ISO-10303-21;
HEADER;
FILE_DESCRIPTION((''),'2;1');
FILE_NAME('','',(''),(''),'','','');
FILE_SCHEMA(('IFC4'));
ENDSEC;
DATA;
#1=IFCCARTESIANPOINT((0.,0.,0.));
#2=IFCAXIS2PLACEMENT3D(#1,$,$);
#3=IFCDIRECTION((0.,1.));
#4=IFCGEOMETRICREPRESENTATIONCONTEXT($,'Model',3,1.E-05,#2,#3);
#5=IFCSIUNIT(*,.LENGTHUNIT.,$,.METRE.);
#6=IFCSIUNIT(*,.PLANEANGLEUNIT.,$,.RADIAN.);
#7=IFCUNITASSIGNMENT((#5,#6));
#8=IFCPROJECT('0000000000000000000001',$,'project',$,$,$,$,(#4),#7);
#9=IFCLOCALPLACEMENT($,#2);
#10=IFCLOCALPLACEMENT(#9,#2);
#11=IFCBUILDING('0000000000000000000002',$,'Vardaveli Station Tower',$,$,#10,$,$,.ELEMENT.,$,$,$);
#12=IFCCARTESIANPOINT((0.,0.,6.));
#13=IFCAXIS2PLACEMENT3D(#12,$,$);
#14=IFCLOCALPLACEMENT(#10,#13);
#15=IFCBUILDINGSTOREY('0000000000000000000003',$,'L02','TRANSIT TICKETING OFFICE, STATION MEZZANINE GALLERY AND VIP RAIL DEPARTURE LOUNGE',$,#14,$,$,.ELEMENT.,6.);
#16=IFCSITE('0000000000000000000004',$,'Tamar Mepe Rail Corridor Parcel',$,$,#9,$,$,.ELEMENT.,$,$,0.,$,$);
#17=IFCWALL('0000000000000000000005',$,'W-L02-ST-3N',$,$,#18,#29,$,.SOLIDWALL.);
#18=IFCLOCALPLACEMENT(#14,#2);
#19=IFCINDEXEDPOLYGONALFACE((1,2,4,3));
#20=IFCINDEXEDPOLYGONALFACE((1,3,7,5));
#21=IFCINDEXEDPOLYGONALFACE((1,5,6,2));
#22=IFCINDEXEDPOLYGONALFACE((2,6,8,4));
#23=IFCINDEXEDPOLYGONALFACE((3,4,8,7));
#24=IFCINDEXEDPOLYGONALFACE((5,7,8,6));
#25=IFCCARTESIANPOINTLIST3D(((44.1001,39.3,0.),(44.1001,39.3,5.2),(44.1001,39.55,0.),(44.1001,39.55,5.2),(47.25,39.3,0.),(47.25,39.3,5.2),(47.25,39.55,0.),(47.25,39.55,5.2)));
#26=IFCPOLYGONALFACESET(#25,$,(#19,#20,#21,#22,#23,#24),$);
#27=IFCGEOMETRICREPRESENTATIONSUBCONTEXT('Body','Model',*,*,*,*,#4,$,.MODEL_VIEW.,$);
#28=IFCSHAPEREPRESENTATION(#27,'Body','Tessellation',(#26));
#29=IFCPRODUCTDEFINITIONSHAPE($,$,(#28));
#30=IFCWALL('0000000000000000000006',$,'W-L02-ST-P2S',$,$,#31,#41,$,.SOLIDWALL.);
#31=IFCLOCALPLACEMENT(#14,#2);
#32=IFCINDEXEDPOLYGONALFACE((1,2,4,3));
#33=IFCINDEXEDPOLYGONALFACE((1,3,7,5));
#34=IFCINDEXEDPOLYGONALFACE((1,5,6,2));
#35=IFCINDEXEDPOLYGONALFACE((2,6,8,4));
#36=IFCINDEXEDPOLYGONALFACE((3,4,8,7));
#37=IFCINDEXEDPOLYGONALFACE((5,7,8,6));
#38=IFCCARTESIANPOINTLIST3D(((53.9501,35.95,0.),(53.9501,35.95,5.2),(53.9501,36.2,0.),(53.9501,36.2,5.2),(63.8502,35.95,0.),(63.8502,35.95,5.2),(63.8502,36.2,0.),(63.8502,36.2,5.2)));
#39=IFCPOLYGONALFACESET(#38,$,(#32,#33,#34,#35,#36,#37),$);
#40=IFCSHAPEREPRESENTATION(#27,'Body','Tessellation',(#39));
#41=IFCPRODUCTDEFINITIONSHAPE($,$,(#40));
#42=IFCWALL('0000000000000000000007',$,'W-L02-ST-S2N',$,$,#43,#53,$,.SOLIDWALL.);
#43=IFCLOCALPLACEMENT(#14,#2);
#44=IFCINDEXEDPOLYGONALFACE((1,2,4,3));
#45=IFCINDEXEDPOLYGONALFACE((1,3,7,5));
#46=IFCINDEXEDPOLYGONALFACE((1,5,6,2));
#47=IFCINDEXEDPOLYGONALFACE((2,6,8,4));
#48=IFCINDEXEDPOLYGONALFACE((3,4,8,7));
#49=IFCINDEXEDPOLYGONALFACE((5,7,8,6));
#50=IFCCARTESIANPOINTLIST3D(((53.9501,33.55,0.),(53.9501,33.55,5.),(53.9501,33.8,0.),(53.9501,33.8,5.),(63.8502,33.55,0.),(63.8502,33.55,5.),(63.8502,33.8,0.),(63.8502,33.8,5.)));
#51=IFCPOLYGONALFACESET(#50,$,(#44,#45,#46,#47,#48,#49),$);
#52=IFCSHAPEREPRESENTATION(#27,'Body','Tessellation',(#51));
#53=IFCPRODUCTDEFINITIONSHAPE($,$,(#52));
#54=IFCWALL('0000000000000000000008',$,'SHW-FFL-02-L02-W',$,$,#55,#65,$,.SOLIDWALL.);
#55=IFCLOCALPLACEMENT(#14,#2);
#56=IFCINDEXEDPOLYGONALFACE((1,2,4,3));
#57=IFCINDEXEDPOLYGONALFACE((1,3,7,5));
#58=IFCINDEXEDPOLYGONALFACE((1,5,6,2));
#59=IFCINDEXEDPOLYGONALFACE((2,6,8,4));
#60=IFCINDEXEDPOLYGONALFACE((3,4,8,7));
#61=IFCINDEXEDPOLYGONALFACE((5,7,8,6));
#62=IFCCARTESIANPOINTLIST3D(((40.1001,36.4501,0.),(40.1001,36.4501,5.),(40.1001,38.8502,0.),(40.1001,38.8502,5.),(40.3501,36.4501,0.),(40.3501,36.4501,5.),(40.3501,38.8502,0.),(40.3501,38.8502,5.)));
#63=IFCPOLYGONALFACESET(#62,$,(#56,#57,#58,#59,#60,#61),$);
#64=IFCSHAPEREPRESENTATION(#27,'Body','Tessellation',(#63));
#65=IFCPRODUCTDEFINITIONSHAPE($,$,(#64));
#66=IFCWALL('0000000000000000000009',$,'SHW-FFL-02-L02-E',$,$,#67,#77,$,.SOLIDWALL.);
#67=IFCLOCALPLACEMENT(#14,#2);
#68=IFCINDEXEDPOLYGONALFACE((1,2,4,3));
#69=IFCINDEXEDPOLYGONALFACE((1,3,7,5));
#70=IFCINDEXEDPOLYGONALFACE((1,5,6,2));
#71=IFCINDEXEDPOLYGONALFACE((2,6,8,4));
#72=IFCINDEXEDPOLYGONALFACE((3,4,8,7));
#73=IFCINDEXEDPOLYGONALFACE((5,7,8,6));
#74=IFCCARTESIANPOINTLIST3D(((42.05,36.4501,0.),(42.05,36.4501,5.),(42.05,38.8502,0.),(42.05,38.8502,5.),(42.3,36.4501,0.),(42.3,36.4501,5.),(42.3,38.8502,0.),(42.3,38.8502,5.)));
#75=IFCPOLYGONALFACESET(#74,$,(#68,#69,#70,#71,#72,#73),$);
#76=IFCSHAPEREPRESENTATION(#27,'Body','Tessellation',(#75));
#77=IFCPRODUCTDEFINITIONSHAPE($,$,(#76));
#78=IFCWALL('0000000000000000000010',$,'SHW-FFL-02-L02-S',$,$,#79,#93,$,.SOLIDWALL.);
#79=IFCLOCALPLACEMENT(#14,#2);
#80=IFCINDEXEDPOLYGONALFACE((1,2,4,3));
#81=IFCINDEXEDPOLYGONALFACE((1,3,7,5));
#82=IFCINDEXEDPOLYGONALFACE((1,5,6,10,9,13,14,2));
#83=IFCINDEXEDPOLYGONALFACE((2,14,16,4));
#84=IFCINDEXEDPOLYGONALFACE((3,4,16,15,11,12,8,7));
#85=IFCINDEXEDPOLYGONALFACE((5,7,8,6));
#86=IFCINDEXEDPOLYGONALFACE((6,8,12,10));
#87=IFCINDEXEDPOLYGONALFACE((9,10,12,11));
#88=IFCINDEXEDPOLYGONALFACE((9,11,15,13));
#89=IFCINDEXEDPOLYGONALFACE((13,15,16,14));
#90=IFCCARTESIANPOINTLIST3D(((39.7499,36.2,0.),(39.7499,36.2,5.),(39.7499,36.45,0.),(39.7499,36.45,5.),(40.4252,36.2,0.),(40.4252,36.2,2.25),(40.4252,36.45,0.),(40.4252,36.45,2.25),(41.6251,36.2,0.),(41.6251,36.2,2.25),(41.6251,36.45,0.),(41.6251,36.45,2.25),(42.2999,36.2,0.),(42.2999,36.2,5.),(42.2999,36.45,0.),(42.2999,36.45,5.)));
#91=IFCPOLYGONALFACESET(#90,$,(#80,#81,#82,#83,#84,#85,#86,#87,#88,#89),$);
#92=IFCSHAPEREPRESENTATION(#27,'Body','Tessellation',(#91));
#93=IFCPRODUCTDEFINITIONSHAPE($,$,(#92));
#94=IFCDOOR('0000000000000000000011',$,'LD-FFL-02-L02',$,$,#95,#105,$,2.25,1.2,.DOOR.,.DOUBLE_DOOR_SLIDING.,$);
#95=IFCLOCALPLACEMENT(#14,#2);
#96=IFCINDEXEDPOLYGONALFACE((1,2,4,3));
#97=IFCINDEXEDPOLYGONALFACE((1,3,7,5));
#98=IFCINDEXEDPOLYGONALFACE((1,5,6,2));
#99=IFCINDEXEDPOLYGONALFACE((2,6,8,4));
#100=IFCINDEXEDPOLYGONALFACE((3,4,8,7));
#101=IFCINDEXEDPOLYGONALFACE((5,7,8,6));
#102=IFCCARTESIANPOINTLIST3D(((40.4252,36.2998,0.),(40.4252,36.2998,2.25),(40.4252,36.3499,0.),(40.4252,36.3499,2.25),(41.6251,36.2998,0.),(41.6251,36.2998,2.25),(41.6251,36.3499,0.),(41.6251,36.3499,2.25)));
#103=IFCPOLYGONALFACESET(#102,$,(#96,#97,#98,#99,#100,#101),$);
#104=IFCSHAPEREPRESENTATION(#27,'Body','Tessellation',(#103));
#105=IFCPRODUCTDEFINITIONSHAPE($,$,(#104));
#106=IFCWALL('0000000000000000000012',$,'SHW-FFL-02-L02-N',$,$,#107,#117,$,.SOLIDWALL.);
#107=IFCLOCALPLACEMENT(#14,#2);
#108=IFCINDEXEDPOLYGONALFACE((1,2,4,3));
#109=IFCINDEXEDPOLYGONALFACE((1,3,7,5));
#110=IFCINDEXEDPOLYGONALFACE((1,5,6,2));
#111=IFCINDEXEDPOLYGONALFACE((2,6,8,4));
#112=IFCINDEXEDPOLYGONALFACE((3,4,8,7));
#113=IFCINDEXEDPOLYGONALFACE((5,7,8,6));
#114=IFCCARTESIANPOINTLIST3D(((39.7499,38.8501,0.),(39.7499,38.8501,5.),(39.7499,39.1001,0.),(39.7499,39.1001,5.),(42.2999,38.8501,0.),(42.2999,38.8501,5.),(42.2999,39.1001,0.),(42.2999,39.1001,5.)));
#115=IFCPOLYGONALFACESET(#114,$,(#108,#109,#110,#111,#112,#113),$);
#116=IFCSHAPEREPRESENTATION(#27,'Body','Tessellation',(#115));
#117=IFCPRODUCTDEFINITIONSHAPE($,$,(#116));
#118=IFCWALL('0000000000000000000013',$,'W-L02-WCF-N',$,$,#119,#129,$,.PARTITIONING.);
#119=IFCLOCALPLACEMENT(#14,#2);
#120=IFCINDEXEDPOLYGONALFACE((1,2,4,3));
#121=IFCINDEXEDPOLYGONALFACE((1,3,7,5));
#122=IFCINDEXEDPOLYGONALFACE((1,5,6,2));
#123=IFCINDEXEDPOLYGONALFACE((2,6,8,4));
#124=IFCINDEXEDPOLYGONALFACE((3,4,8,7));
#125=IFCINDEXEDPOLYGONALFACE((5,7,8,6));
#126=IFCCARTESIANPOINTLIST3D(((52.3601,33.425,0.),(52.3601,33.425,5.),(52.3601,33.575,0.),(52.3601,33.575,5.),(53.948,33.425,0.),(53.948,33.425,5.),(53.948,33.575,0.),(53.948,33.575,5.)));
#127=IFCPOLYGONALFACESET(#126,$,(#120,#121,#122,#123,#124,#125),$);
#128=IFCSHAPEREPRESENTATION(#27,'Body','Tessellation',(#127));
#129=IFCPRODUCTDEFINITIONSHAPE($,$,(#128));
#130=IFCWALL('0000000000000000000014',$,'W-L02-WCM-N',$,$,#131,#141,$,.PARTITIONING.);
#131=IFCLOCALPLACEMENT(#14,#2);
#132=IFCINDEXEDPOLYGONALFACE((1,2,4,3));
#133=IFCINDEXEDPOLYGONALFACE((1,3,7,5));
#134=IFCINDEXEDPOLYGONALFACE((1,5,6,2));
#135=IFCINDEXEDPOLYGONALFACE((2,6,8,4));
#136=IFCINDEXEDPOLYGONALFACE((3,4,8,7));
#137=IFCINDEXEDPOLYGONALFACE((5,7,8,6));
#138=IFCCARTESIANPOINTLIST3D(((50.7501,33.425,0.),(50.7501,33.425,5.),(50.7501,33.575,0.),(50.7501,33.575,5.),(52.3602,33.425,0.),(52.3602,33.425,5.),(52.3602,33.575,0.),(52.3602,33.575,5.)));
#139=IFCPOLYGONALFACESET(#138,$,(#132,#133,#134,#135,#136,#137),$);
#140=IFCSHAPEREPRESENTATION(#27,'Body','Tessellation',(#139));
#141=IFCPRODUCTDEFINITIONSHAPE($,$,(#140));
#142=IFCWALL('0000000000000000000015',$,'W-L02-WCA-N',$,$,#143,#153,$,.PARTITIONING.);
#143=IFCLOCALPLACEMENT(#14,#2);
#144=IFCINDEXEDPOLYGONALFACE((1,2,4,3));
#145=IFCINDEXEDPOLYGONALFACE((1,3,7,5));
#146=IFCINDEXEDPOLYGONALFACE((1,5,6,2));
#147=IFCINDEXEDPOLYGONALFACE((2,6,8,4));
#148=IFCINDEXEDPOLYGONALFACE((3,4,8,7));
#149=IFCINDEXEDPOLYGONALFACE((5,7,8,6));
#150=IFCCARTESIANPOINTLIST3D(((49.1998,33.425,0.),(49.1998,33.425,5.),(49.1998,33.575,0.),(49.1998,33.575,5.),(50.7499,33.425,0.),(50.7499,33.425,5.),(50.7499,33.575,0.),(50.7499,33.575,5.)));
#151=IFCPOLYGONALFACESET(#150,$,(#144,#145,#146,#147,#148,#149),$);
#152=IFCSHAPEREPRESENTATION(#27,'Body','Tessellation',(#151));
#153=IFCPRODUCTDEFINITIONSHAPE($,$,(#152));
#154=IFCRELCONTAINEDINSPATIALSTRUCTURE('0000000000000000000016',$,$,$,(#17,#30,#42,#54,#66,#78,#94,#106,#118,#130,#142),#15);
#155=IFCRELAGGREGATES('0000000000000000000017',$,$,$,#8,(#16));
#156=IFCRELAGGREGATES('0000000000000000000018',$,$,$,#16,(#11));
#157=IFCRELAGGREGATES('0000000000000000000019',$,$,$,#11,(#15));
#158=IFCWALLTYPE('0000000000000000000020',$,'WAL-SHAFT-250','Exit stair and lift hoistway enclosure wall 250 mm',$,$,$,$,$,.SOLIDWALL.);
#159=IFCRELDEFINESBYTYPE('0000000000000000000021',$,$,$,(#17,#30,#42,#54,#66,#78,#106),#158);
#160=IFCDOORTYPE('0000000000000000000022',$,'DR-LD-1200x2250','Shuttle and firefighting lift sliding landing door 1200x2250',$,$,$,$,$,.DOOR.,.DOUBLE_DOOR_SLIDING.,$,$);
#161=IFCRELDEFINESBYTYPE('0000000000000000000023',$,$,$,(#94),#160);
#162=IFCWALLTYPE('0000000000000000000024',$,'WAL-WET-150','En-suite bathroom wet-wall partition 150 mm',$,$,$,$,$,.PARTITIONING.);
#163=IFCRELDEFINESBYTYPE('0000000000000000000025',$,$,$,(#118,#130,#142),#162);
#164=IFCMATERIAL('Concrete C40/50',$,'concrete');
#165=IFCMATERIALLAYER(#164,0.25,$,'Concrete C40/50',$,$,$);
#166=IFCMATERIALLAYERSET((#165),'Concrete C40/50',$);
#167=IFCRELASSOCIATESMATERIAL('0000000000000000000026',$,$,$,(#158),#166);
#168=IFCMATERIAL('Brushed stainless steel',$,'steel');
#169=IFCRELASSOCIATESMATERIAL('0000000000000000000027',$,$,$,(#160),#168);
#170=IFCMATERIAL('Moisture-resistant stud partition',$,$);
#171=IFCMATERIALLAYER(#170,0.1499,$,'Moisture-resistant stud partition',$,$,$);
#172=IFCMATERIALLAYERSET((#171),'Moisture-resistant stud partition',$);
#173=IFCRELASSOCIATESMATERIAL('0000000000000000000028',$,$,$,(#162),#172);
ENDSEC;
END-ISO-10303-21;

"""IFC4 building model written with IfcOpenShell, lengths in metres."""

from ifc_helpers import new_model, si_unit, direction, frame, frame_2d, origin, place, context, subcontext, project, spatial, rectangle, extrude, source, transform, mapped, material, layer, layer_set, type_object, element, fill, save


model = new_model("IFC4")

# Units and contexts
model_context = context("Model", 3, precision=1e-05, world=origin(), true_north=direction((0.0, 1.0)))
body_context = subcontext(model_context, "Body", "Model", "MODEL_VIEW")
ifc_project = project(units=[si_unit("LENGTHUNIT", "METRE"), si_unit("PLANEANGLEUNIT", "RADIAN")], contexts=[model_context])

# Site, building, storey
site_placement = place(None, origin())
site = spatial("IfcSite", under=ifc_project, at=site_placement, Name="Tamar Mepe Rail Corridor Parcel", CompositionType="ELEMENT", RefElevation=0.0)
building_placement = place(site_placement, origin())
building = spatial("IfcBuilding", under=site, at=building_placement, Name="Vardaveli Station Tower", CompositionType="ELEMENT")
storey_placement = place(building_placement, frame((0.0, 0.0, 6.0)))
storey = spatial("IfcBuildingStorey", under=building, at=storey_placement, Name="L02", Description="TRANSIT TICKETING OFFICE, STATION MEZZANINE GALLERY AND VIP RAIL DEPARTURE LOUNGE", CompositionType="ELEMENT", Elevation=6.0)

# Walls
ifc_material_1 = material(Name="Concrete C40/50", Category="concrete")
ifc_layer_1 = layer(ifc_material_1, 0.25, Name="Concrete C40/50")
ifc_layer_set_1 = layer_set([ifc_layer_1], Name="Concrete C40/50")
wall_type_1 = type_object("IfcWallType", Name="WAL-SHAFT-250", Description="Exit stair and lift hoistway enclosure wall 250 mm", PredefinedType="SOLIDWALL", material=ifc_layer_set_1)
shared_shape_1 = source(origin(), body_context, "Body", "SweptSolid", [
    extrude(rectangle(XDim=3.1499, YDim=0.25, at=frame_2d((1.575, 0.0))), origin(), (0.0, 0.0, 1.0), 5.2),
])
wall_1_placement = place(storey_placement, frame((44.1001, 39.425, 0.0), z_axis=(0.0, 0.0, 1.0), x_axis=(1.0, 0.0, 0.0)))
element("IfcWall", 1, at=wall_1_placement, inside=storey, type_object=wall_type_1, Name="W-L02-ST-3N", PredefinedType="SOLIDWALL", context=body_context, shape_type="MappedRepresentation", body=[
    mapped(shared_shape_1, transform((0.0, 0.0, 0.0), scale=1.0)),
])
shared_shape_2 = source(origin(), body_context, "Body", "SweptSolid", [
    extrude(rectangle(XDim=9.9001, YDim=0.25, at=frame_2d((4.9502, 0.0))), origin(), (0.0, 0.0, 1.0), 5.2),
])
wall_2_placement = place(storey_placement, frame((53.95, 36.075, 0.0), z_axis=(0.0, 0.0, 1.0), x_axis=(1.0, 0.0, 0.0)))
element("IfcWall", 2, at=wall_2_placement, inside=storey, type_object=wall_type_1, Name="W-L02-ST-P2S", PredefinedType="SOLIDWALL", context=body_context, shape_type="MappedRepresentation", body=[
    mapped(shared_shape_2, transform((0.0, 0.0, 0.0), scale=1.0)),
])
shared_shape_3 = source(origin(), body_context, "Body", "SweptSolid", [
    extrude(rectangle(XDim=9.9001, YDim=0.25, at=frame_2d((4.9502, 0.0))), origin(), (0.0, 0.0, 1.0), 5.0),
])
wall_3_placement = place(storey_placement, frame((53.95, 33.675, 0.0), z_axis=(0.0, 0.0, 1.0), x_axis=(1.0, 0.0, 0.0)))
element("IfcWall", 3, at=wall_3_placement, inside=storey, type_object=wall_type_1, Name="W-L02-ST-S2N", PredefinedType="SOLIDWALL", context=body_context, shape_type="MappedRepresentation", body=[
    mapped(shared_shape_3, transform((0.0, 0.0, 0.0), scale=1.0)),
])
shared_shape_4 = source(origin(), body_context, "Body", "SweptSolid", [
    extrude(rectangle(XDim=2.4001, YDim=0.25, at=frame_2d((1.2002, 0.0))), origin(), (0.0, 0.0, 1.0), 5.0),
])
for number, where, z_axis, x_axis, name in (
    (4, (40.2251, 36.45, 0.0), (0.0, 0.0, 1.0), (0.0, 1.0, 0.0), "SHW-FFL-02-L02-W"),
    (5, (42.175, 36.45, 0.0), (0.0, 0.0, 1.0), (0.0, 1.0, 0.0), "SHW-FFL-02-L02-E"),
):
    element("IfcWall", number, at=place(storey_placement, frame(where, z_axis=z_axis, x_axis=x_axis)), inside=storey, type_object=wall_type_1, Name=name, PredefinedType="SOLIDWALL", context=body_context, shape_type="MappedRepresentation", body=[
        mapped(shared_shape_4, transform((0.0, 0.0, 0.0), scale=1.0)),
    ])

# Wall, opening, door
shared_shape_5 = source(origin(), body_context, "Body", "SweptSolid", [
    extrude(rectangle(XDim=2.55, YDim=0.25, at=frame_2d((1.2749, 0.0))), origin(), (0.0, 0.0, 1.0), 5.0),
])
wall_4_placement = place(storey_placement, frame((39.75, 36.325, 0.0), z_axis=(0.0, 0.0, 1.0), x_axis=(1.0, 0.0, 0.0)))
wall_4 = element("IfcWall", 6, at=wall_4_placement, inside=storey, type_object=wall_type_1, Name="SHW-FFL-02-L02-S", PredefinedType="SOLIDWALL", context=body_context, shape_type="MappedRepresentation", body=[
    mapped(shared_shape_5, transform((0.0, 0.0, 0.0), scale=1.0)),
])
shared_shape_6 = source(origin(), body_context, "Body", "SweptSolid", [
    extrude(rectangle(XDim=1.2, YDim=2.25, at=frame_2d((0.6001, 1.125))), frame((0.0, 0.135, 0.0), z_axis=(0.0, -1.0, 0.0), x_axis=(1.0, 0.0, 0.0)), (0.0, 0.0, 1.0), 0.27),
])
opening_placement = place(wall_4_placement, frame((0.675, 0.0, 0.0)))
opening = element("IfcOpeningElement", 7, at=opening_placement, cuts=wall_4, PredefinedType="OPENING", context=body_context, shape_type="MappedRepresentation", body=[
    mapped(shared_shape_6, transform((0.0, 0.0, 0.0), scale=1.0)),
])
ifc_material_2 = material(Name="Brushed stainless steel", Category="steel")
door_type = type_object("IfcDoorType", Name="DR-LD-1200x2250", Description="Shuttle and firefighting lift sliding landing door 1200x2250", OperationType="DOUBLE_DOOR_SLIDING", PredefinedType="DOOR", material=ifc_material_2)
shared_shape_7 = source(origin(), body_context, "Body", "SweptSolid", [
    extrude(rectangle(XDim=1.2, YDim=2.25, at=frame_2d((0.6001, 1.125))), frame((0.0, 0.0249, 0.0), z_axis=(0.0, -1.0, 0.0), x_axis=(1.0, 0.0, 0.0)), (0.0, 0.0, 1.0), 0.05),
])
door_placement = place(opening_placement, origin())
door = element("IfcDoor", 8, at=door_placement, inside=storey, type_object=door_type, Name="LD-FFL-02-L02", OperationType="DOUBLE_DOOR_SLIDING", OverallHeight=2.25, OverallWidth=1.2, PredefinedType="DOOR", context=body_context, shape_type="MappedRepresentation", body=[
    mapped(shared_shape_7, transform((0.0, 0.0, 0.0), scale=1.0)),
])
fill(opening, door)

# Walls
wall_5_placement = place(storey_placement, frame((39.75, 38.9751, 0.0), z_axis=(0.0, 0.0, 1.0), x_axis=(1.0, 0.0, 0.0)))
element("IfcWall", 9, at=wall_5_placement, inside=storey, type_object=wall_type_1, Name="SHW-FFL-02-L02-N", PredefinedType="SOLIDWALL", context=body_context, shape_type="MappedRepresentation", body=[
    mapped(shared_shape_5, transform((0.0, 0.0, 0.0), scale=1.0)),
])
ifc_material_3 = material(Name="Moisture-resistant stud partition")
ifc_layer_2 = layer(ifc_material_3, 0.1499, Name="Moisture-resistant stud partition")
ifc_layer_set_2 = layer_set([ifc_layer_2], Name="Moisture-resistant stud partition")
wall_type_2 = type_object("IfcWallType", Name="WAL-WET-150", Description="En-suite bathroom wet-wall partition 150 mm", PredefinedType="PARTITIONING", material=ifc_layer_set_2)
shared_shape_8 = source(origin(), body_context, "Body", "SweptSolid", [
    extrude(rectangle(XDim=1.5879, YDim=0.1499, at=frame_2d((0.7939, 0.0))), origin(), (0.0, 0.0, 1.0), 5.0),
])
wall_6_placement = place(storey_placement, frame((52.3601, 33.5, 0.0), z_axis=(0.0, 0.0, 1.0), x_axis=(1.0, 0.0, 0.0)))
element("IfcWall", 10, at=wall_6_placement, inside=storey, type_object=wall_type_2, Name="W-L02-WCF-N", PredefinedType="PARTITIONING", context=body_context, shape_type="MappedRepresentation", body=[
    mapped(shared_shape_8, transform((0.0, 0.0, 0.0), scale=1.0)),
])
shared_shape_9 = source(origin(), body_context, "Body", "SweptSolid", [
    extrude(rectangle(XDim=1.6101, YDim=0.1499, at=frame_2d((0.8052, 0.0))), origin(), (0.0, 0.0, 1.0), 5.0),
])
wall_7_placement = place(storey_placement, frame((50.75, 33.5, 0.0), z_axis=(0.0, 0.0, 1.0), x_axis=(1.0, 0.0, 0.0)))
element("IfcWall", 11, at=wall_7_placement, inside=storey, type_object=wall_type_2, Name="W-L02-WCM-N", PredefinedType="PARTITIONING", context=body_context, shape_type="MappedRepresentation", body=[
    mapped(shared_shape_9, transform((0.0, 0.0, 0.0), scale=1.0)),
])
shared_shape_10 = source(origin(), body_context, "Body", "SweptSolid", [
    extrude(rectangle(XDim=1.55, YDim=0.1499, at=frame_2d((0.7749, 0.0))), origin(), (0.0, 0.0, 1.0), 5.0),
])
wall_8_placement = place(storey_placement, frame((49.2, 33.5, 0.0), z_axis=(0.0, 0.0, 1.0), x_axis=(1.0, 0.0, 0.0)))
element("IfcWall", 12, at=wall_8_placement, inside=storey, type_object=wall_type_2, Name="W-L02-WCA-N", PredefinedType="PARTITIONING", context=body_context, shape_type="MappedRepresentation", body=[
    mapped(shared_shape_10, transform((0.0, 0.0, 0.0), scale=1.0)),
])

save(model, "model.ifc")
